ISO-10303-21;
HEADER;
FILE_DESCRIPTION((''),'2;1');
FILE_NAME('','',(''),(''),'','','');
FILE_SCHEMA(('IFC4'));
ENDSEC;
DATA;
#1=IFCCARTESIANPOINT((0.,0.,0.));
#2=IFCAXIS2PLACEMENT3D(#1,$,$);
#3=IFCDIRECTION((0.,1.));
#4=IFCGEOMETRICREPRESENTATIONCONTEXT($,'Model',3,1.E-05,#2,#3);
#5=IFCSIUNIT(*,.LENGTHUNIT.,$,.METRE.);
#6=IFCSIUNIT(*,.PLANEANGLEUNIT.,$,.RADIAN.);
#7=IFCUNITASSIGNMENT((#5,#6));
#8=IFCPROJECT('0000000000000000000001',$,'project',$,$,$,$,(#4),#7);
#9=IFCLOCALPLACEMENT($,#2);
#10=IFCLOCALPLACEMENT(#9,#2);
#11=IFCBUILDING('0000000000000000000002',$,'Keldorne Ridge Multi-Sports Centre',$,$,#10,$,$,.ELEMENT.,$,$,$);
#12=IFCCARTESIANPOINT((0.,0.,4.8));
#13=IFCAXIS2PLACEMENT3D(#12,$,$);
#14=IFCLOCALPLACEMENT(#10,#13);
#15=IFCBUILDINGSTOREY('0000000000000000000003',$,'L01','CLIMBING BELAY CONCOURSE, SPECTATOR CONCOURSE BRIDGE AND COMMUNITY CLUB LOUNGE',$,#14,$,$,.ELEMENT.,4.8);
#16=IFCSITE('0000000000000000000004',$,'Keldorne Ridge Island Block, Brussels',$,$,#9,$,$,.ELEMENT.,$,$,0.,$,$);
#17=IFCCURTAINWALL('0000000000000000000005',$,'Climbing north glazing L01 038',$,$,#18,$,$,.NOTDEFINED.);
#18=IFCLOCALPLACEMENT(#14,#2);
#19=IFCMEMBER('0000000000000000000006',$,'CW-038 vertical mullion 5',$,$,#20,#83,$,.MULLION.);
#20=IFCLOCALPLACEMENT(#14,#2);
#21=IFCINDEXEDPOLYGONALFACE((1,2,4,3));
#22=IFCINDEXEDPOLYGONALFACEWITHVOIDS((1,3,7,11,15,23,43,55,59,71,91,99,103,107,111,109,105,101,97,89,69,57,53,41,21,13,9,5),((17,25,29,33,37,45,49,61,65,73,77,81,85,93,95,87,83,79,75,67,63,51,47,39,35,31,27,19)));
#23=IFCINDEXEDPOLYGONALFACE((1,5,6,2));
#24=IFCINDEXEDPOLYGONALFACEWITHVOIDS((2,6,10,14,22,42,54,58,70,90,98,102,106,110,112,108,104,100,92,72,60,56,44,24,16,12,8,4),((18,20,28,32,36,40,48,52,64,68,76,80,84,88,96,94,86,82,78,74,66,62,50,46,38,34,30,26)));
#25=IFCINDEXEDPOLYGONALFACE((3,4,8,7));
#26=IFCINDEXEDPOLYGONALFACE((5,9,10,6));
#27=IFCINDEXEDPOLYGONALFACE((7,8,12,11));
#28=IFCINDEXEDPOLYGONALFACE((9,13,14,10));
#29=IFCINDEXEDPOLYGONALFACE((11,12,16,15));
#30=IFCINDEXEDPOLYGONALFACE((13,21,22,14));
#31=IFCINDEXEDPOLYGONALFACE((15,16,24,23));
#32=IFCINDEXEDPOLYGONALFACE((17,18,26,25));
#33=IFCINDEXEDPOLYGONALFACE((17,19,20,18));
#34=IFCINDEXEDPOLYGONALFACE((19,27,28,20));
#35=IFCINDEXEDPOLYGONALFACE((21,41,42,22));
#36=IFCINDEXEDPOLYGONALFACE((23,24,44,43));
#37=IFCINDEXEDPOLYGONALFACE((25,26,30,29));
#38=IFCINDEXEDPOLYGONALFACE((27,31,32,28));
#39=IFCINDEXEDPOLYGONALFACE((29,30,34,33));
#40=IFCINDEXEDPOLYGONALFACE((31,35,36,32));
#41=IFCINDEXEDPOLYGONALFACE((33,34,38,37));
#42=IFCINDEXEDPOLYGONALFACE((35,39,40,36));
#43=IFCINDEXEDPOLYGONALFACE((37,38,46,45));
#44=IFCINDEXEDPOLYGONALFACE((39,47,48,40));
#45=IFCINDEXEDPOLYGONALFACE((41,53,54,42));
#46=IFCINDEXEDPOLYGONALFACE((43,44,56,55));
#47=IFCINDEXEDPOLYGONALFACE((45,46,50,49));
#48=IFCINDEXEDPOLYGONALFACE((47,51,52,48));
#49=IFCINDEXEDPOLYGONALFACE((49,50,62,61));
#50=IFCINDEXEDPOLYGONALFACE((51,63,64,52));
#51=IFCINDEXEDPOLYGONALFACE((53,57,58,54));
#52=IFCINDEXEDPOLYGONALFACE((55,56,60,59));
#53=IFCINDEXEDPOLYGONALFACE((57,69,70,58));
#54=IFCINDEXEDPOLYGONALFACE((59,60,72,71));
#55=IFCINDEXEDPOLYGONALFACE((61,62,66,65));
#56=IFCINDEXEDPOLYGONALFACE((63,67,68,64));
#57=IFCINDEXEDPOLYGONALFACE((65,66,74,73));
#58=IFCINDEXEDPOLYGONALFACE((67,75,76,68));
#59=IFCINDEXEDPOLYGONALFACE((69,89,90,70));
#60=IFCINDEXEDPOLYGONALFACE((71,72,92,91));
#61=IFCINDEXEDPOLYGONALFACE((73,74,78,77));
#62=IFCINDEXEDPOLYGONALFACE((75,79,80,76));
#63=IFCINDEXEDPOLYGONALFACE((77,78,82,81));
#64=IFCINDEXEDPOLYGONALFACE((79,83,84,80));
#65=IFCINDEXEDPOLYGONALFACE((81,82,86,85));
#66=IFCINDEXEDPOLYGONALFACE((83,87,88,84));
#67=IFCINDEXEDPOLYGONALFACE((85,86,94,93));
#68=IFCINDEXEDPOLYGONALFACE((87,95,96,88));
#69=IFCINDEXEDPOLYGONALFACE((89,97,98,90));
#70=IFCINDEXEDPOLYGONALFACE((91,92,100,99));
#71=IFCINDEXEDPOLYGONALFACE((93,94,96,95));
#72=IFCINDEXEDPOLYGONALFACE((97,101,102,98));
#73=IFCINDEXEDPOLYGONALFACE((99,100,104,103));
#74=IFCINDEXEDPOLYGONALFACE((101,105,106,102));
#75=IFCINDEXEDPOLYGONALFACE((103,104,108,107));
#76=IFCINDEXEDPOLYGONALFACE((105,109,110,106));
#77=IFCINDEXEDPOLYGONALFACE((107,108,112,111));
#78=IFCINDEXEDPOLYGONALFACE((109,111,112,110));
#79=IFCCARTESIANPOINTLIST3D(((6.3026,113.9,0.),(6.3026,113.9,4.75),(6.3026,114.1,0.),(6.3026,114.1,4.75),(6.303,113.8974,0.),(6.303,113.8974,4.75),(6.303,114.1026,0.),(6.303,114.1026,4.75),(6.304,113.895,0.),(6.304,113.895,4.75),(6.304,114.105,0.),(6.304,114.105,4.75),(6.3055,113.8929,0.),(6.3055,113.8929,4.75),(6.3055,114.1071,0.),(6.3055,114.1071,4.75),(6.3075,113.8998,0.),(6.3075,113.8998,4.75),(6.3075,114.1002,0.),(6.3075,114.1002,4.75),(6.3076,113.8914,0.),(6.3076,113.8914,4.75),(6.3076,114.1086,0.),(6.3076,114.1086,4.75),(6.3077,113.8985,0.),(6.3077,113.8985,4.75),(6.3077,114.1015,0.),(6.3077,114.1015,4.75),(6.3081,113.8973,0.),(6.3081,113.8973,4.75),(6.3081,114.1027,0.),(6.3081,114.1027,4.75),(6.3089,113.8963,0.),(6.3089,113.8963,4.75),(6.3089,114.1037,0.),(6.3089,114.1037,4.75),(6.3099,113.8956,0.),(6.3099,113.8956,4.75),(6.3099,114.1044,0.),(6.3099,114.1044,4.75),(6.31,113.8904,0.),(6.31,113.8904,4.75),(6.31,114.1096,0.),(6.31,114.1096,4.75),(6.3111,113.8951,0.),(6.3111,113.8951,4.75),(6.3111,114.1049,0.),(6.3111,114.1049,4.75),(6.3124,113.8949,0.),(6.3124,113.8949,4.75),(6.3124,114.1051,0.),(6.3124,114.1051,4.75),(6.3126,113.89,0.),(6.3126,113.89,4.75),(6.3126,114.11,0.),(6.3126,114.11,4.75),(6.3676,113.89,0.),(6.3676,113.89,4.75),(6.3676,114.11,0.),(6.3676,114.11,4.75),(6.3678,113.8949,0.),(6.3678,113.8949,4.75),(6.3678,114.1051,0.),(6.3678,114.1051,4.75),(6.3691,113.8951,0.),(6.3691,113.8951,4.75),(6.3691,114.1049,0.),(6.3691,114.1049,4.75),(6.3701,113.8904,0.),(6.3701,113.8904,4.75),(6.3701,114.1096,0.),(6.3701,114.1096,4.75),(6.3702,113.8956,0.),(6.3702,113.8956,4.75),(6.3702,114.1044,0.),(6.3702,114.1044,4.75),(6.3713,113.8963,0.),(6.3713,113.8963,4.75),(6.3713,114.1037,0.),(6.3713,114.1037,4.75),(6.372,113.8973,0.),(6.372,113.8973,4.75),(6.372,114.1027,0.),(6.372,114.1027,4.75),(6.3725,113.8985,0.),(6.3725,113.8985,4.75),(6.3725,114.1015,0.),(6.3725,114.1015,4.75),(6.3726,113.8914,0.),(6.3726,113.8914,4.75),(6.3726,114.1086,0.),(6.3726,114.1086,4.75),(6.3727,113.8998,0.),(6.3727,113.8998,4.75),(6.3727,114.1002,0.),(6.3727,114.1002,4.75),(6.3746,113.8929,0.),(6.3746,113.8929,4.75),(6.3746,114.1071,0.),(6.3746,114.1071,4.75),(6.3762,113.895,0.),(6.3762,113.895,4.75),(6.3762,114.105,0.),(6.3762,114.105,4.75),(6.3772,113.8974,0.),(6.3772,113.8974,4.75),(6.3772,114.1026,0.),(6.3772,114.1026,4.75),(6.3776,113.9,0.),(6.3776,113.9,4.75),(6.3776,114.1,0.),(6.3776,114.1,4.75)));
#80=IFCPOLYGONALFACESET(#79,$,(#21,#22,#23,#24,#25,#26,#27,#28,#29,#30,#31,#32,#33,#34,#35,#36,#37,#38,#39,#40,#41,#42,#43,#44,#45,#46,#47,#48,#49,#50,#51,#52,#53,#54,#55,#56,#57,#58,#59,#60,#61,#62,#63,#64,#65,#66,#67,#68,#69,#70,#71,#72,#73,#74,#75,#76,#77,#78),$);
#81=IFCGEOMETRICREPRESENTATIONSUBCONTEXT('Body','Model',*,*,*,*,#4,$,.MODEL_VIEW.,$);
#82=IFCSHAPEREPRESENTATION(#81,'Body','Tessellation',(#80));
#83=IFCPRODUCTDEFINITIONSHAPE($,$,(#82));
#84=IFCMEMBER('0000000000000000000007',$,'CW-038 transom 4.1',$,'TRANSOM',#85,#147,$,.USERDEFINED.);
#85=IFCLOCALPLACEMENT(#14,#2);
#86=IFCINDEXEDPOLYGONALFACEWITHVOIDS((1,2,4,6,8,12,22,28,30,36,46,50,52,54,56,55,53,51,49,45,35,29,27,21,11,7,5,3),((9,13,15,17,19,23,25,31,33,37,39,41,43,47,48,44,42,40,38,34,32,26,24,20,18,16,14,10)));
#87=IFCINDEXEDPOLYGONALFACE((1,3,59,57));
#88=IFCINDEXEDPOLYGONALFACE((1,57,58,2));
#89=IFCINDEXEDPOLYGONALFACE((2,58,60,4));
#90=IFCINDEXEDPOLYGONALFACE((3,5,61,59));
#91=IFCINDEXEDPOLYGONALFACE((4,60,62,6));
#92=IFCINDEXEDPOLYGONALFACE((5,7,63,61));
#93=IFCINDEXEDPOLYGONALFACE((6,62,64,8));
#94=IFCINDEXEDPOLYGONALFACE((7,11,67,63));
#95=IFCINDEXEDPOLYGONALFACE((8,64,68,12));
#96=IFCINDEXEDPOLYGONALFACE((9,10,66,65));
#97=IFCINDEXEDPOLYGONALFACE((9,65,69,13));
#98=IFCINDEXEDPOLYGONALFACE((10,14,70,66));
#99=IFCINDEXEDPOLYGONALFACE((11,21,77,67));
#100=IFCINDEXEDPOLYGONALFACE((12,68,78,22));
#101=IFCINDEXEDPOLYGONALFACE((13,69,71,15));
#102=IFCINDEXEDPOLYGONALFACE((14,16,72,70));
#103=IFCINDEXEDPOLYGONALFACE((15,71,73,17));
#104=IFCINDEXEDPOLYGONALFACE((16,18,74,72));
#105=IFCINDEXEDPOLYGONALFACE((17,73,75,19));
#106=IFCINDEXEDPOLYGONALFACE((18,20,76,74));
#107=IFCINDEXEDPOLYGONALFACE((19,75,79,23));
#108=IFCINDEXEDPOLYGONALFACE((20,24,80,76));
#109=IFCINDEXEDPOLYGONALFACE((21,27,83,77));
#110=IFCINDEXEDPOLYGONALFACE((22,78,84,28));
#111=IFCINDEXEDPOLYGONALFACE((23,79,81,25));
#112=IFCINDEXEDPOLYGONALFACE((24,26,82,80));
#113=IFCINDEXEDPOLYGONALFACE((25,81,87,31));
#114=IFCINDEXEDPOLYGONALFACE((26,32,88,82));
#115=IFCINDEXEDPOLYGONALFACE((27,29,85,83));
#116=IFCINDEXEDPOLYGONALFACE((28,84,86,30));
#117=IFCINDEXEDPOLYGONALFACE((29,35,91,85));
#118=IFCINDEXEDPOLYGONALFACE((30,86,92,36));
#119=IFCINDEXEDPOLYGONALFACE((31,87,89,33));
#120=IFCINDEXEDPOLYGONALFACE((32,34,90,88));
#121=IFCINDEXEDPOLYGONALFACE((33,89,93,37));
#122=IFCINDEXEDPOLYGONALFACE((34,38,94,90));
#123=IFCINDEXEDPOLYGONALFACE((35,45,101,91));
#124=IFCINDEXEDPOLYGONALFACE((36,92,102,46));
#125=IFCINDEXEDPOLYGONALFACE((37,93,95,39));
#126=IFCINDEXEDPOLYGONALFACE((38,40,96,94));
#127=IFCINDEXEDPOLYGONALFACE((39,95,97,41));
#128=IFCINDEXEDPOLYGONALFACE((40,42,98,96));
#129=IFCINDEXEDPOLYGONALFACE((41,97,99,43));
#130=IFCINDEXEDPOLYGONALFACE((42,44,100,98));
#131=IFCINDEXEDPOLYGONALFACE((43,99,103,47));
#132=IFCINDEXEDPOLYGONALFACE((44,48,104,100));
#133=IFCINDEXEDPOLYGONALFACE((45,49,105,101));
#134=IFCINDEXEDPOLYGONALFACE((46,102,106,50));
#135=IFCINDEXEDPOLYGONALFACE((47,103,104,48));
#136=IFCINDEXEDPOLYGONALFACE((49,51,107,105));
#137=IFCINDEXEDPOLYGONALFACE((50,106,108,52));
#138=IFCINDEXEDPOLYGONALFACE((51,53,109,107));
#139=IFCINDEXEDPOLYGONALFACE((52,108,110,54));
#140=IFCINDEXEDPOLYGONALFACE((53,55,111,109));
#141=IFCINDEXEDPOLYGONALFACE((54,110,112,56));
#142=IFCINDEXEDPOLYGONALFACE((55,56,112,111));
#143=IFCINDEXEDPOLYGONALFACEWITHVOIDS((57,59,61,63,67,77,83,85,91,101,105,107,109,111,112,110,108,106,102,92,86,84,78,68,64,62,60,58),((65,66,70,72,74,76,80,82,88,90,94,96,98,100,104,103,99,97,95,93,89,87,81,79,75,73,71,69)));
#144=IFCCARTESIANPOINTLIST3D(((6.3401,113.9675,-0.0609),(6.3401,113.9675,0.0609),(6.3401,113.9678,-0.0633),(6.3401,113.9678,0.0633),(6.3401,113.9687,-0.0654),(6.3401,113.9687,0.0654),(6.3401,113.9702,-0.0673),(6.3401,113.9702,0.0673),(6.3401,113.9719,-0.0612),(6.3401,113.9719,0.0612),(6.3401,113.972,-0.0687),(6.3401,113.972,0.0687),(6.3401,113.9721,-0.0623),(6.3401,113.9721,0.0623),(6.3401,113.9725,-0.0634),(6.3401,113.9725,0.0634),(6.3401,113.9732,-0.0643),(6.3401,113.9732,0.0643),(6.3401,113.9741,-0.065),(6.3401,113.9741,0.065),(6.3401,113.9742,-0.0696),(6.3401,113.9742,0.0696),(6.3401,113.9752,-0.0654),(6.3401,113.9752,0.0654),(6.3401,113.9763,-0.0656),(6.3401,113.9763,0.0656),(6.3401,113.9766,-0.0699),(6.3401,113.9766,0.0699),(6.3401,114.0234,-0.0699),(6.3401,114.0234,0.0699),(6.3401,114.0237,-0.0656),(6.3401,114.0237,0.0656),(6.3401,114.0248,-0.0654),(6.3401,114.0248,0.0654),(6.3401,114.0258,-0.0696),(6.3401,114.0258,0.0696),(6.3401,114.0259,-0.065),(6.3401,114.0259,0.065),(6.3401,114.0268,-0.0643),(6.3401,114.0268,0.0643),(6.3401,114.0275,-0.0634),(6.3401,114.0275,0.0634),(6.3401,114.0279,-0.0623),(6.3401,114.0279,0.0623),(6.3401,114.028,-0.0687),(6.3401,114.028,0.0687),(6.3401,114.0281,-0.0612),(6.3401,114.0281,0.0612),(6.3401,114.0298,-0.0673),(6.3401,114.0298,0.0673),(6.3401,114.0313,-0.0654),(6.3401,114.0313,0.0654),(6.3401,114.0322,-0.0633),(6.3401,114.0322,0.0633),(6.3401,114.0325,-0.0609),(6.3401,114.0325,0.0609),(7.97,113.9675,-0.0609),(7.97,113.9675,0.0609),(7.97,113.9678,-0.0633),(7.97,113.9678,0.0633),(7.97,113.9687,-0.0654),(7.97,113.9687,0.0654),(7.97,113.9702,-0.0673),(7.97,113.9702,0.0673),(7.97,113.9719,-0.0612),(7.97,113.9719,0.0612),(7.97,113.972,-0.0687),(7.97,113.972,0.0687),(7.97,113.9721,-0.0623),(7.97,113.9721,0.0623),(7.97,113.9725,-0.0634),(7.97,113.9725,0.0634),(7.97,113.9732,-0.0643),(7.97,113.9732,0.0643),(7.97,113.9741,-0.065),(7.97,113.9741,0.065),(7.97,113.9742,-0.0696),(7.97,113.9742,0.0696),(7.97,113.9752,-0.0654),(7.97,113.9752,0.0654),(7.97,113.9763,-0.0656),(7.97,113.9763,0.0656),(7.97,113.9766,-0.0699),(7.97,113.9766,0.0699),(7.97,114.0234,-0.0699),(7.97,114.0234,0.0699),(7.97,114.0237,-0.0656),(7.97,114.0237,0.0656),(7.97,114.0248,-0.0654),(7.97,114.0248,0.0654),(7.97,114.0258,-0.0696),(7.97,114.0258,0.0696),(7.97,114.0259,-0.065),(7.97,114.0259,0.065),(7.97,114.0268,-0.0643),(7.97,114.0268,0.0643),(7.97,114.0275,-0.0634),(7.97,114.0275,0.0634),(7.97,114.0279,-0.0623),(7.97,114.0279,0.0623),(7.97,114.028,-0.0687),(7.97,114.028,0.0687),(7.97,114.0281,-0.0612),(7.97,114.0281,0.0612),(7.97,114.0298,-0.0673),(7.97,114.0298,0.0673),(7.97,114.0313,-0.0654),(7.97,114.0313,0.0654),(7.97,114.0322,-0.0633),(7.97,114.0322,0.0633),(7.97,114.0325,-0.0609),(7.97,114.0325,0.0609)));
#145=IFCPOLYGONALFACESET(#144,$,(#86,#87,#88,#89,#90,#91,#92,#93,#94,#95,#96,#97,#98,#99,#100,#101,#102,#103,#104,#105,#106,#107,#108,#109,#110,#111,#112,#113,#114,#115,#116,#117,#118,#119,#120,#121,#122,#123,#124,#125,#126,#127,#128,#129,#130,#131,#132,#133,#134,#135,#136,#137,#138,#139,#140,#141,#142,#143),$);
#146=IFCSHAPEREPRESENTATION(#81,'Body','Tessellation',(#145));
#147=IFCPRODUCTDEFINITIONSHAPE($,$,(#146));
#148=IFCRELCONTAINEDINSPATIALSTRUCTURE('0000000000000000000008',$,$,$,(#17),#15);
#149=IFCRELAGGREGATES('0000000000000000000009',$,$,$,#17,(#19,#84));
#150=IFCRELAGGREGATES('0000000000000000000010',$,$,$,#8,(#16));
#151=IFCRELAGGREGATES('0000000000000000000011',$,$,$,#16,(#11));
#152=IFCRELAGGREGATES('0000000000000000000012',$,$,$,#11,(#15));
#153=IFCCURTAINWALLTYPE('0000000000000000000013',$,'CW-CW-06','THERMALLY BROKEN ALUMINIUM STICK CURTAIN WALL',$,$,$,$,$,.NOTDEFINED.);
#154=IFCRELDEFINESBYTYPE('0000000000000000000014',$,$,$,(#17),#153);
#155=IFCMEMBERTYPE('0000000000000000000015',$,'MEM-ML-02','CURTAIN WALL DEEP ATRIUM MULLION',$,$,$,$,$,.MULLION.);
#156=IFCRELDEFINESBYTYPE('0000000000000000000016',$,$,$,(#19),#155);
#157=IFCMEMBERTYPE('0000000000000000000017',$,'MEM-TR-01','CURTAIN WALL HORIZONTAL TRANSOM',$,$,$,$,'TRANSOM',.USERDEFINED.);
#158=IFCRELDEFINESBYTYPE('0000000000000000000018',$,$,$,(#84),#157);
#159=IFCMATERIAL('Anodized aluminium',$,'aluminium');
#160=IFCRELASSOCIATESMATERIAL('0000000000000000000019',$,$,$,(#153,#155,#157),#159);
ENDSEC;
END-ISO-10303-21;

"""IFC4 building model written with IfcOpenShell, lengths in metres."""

from ifc_helpers import new_model, si_unit, direction, frame, origin, origin_2d, place, context, subcontext, project, spatial, hollow_rectangle, extrude, material, material_profile, profile_set, type_object, element, aggregate, save


model = new_model("IFC4")

# Units and contexts
model_context = context("Model", 3, precision=1e-05, world=origin(), true_north=direction((0.0, 1.0)))
body_context = subcontext(model_context, "Body", "Model", "MODEL_VIEW")
ifc_project = project(units=[si_unit("LENGTHUNIT", "METRE"), si_unit("PLANEANGLEUNIT", "RADIAN")], contexts=[model_context])

# Site, building, storey
site_placement = place(None, origin())
site = spatial("IfcSite", under=ifc_project, at=site_placement, Name="Keldorne Ridge Island Block, Brussels", CompositionType="ELEMENT", RefElevation=0.0)
building_placement = place(site_placement, origin())
building = spatial("IfcBuilding", under=site, at=building_placement, Name="Keldorne Ridge Multi-Sports Centre", CompositionType="ELEMENT")
storey_placement = place(building_placement, frame((0.0, 0.0, 4.8)))
storey = spatial("IfcBuildingStorey", under=building, at=storey_placement, Name="L01", Description="CLIMBING BELAY CONCOURSE, SPECTATOR CONCOURSE BRIDGE AND COMMUNITY CLUB LOUNGE", CompositionType="ELEMENT", Elevation=4.8)

# Curtain wall, members
ifc_material_1 = material(Name="Anodized aluminium", Category="aluminium")
curtain_wall_type = type_object("IfcCurtainWallType", Name="CW-CW-06", Description="THERMALLY BROKEN ALUMINIUM STICK CURTAIN WALL", PredefinedType="NOTDEFINED", material=ifc_material_1)
curtain_wall_placement = place(storey_placement, origin())
curtain_wall = element("IfcCurtainWall", 1, at=curtain_wall_placement, inside=storey, type_object=curtain_wall_type, Name="Climbing north glazing L01 038", PredefinedType="NOTDEFINED")
ifc_material_profile_1 = material_profile(ifc_material_1, hollow_rectangle(XDim=0.075, YDim=0.22, WallThickness=0.0049, InnerFilletRadius=0.0049, OuterFilletRadius=0.01, at=origin_2d()), Name="ALU MULLION 220x75x5")
ifc_profile_set_1 = profile_set([ifc_material_profile_1], Name="Anodized aluminium")
member_type_1 = type_object("IfcMemberType", Name="MEM-ML-02", Description="CURTAIN WALL DEEP ATRIUM MULLION", PredefinedType="MULLION", material=ifc_profile_set_1)
member_1_placement = place(storey_placement, frame((6.3401, 114.0, 0.0), z_axis=(0.0, 0.0, 1.0), x_axis=(1.0, 0.0, 0.0)))
member_1 = element("IfcMember", 2, at=member_1_placement, type_object=member_type_1, Name="CW-038 vertical mullion 5", PredefinedType="MULLION", context=body_context, shape_type="SweptSolid", body=[
    extrude(hollow_rectangle(XDim=0.075, YDim=0.22, WallThickness=0.0049, InnerFilletRadius=0.0049, OuterFilletRadius=0.01, at=origin_2d()), origin(), (0.0, 0.0, 1.0), 4.75),
])
ifc_material_profile_2 = material_profile(ifc_material_1, hollow_rectangle(XDim=0.0649, YDim=0.1399, WallThickness=0.0044, InnerFilletRadius=0.0044, OuterFilletRadius=0.009, at=origin_2d()), Name="ALU TRANSOM 140x65x4.5")
ifc_profile_set_2 = profile_set([ifc_material_profile_2], Name="Anodized aluminium")
member_type_2 = type_object("IfcMemberType", Name="MEM-TR-01", Description="CURTAIN WALL HORIZONTAL TRANSOM", ElementType="TRANSOM", PredefinedType="USERDEFINED", material=ifc_profile_set_2)
member_2_placement = place(storey_placement, frame((7.97, 114.0, 0.0), z_axis=(-1.0, 0.0, 0.0), x_axis=(0.0, -1.0, 0.0)))
member_2 = element("IfcMember", 3, at=member_2_placement, type_object=member_type_2, Name="CW-038 transom 4.1", ObjectType="TRANSOM", PredefinedType="USERDEFINED", context=body_context, shape_type="SweptSolid", body=[
    extrude(hollow_rectangle(XDim=0.0649, YDim=0.1399, WallThickness=0.0044, InnerFilletRadius=0.0044, OuterFilletRadius=0.009, at=origin_2d()), origin(), (0.0, 0.0, 1.0), 1.6299),
])

aggregate(curtain_wall, [member_1, member_2])

save(model, "model.ifc")
